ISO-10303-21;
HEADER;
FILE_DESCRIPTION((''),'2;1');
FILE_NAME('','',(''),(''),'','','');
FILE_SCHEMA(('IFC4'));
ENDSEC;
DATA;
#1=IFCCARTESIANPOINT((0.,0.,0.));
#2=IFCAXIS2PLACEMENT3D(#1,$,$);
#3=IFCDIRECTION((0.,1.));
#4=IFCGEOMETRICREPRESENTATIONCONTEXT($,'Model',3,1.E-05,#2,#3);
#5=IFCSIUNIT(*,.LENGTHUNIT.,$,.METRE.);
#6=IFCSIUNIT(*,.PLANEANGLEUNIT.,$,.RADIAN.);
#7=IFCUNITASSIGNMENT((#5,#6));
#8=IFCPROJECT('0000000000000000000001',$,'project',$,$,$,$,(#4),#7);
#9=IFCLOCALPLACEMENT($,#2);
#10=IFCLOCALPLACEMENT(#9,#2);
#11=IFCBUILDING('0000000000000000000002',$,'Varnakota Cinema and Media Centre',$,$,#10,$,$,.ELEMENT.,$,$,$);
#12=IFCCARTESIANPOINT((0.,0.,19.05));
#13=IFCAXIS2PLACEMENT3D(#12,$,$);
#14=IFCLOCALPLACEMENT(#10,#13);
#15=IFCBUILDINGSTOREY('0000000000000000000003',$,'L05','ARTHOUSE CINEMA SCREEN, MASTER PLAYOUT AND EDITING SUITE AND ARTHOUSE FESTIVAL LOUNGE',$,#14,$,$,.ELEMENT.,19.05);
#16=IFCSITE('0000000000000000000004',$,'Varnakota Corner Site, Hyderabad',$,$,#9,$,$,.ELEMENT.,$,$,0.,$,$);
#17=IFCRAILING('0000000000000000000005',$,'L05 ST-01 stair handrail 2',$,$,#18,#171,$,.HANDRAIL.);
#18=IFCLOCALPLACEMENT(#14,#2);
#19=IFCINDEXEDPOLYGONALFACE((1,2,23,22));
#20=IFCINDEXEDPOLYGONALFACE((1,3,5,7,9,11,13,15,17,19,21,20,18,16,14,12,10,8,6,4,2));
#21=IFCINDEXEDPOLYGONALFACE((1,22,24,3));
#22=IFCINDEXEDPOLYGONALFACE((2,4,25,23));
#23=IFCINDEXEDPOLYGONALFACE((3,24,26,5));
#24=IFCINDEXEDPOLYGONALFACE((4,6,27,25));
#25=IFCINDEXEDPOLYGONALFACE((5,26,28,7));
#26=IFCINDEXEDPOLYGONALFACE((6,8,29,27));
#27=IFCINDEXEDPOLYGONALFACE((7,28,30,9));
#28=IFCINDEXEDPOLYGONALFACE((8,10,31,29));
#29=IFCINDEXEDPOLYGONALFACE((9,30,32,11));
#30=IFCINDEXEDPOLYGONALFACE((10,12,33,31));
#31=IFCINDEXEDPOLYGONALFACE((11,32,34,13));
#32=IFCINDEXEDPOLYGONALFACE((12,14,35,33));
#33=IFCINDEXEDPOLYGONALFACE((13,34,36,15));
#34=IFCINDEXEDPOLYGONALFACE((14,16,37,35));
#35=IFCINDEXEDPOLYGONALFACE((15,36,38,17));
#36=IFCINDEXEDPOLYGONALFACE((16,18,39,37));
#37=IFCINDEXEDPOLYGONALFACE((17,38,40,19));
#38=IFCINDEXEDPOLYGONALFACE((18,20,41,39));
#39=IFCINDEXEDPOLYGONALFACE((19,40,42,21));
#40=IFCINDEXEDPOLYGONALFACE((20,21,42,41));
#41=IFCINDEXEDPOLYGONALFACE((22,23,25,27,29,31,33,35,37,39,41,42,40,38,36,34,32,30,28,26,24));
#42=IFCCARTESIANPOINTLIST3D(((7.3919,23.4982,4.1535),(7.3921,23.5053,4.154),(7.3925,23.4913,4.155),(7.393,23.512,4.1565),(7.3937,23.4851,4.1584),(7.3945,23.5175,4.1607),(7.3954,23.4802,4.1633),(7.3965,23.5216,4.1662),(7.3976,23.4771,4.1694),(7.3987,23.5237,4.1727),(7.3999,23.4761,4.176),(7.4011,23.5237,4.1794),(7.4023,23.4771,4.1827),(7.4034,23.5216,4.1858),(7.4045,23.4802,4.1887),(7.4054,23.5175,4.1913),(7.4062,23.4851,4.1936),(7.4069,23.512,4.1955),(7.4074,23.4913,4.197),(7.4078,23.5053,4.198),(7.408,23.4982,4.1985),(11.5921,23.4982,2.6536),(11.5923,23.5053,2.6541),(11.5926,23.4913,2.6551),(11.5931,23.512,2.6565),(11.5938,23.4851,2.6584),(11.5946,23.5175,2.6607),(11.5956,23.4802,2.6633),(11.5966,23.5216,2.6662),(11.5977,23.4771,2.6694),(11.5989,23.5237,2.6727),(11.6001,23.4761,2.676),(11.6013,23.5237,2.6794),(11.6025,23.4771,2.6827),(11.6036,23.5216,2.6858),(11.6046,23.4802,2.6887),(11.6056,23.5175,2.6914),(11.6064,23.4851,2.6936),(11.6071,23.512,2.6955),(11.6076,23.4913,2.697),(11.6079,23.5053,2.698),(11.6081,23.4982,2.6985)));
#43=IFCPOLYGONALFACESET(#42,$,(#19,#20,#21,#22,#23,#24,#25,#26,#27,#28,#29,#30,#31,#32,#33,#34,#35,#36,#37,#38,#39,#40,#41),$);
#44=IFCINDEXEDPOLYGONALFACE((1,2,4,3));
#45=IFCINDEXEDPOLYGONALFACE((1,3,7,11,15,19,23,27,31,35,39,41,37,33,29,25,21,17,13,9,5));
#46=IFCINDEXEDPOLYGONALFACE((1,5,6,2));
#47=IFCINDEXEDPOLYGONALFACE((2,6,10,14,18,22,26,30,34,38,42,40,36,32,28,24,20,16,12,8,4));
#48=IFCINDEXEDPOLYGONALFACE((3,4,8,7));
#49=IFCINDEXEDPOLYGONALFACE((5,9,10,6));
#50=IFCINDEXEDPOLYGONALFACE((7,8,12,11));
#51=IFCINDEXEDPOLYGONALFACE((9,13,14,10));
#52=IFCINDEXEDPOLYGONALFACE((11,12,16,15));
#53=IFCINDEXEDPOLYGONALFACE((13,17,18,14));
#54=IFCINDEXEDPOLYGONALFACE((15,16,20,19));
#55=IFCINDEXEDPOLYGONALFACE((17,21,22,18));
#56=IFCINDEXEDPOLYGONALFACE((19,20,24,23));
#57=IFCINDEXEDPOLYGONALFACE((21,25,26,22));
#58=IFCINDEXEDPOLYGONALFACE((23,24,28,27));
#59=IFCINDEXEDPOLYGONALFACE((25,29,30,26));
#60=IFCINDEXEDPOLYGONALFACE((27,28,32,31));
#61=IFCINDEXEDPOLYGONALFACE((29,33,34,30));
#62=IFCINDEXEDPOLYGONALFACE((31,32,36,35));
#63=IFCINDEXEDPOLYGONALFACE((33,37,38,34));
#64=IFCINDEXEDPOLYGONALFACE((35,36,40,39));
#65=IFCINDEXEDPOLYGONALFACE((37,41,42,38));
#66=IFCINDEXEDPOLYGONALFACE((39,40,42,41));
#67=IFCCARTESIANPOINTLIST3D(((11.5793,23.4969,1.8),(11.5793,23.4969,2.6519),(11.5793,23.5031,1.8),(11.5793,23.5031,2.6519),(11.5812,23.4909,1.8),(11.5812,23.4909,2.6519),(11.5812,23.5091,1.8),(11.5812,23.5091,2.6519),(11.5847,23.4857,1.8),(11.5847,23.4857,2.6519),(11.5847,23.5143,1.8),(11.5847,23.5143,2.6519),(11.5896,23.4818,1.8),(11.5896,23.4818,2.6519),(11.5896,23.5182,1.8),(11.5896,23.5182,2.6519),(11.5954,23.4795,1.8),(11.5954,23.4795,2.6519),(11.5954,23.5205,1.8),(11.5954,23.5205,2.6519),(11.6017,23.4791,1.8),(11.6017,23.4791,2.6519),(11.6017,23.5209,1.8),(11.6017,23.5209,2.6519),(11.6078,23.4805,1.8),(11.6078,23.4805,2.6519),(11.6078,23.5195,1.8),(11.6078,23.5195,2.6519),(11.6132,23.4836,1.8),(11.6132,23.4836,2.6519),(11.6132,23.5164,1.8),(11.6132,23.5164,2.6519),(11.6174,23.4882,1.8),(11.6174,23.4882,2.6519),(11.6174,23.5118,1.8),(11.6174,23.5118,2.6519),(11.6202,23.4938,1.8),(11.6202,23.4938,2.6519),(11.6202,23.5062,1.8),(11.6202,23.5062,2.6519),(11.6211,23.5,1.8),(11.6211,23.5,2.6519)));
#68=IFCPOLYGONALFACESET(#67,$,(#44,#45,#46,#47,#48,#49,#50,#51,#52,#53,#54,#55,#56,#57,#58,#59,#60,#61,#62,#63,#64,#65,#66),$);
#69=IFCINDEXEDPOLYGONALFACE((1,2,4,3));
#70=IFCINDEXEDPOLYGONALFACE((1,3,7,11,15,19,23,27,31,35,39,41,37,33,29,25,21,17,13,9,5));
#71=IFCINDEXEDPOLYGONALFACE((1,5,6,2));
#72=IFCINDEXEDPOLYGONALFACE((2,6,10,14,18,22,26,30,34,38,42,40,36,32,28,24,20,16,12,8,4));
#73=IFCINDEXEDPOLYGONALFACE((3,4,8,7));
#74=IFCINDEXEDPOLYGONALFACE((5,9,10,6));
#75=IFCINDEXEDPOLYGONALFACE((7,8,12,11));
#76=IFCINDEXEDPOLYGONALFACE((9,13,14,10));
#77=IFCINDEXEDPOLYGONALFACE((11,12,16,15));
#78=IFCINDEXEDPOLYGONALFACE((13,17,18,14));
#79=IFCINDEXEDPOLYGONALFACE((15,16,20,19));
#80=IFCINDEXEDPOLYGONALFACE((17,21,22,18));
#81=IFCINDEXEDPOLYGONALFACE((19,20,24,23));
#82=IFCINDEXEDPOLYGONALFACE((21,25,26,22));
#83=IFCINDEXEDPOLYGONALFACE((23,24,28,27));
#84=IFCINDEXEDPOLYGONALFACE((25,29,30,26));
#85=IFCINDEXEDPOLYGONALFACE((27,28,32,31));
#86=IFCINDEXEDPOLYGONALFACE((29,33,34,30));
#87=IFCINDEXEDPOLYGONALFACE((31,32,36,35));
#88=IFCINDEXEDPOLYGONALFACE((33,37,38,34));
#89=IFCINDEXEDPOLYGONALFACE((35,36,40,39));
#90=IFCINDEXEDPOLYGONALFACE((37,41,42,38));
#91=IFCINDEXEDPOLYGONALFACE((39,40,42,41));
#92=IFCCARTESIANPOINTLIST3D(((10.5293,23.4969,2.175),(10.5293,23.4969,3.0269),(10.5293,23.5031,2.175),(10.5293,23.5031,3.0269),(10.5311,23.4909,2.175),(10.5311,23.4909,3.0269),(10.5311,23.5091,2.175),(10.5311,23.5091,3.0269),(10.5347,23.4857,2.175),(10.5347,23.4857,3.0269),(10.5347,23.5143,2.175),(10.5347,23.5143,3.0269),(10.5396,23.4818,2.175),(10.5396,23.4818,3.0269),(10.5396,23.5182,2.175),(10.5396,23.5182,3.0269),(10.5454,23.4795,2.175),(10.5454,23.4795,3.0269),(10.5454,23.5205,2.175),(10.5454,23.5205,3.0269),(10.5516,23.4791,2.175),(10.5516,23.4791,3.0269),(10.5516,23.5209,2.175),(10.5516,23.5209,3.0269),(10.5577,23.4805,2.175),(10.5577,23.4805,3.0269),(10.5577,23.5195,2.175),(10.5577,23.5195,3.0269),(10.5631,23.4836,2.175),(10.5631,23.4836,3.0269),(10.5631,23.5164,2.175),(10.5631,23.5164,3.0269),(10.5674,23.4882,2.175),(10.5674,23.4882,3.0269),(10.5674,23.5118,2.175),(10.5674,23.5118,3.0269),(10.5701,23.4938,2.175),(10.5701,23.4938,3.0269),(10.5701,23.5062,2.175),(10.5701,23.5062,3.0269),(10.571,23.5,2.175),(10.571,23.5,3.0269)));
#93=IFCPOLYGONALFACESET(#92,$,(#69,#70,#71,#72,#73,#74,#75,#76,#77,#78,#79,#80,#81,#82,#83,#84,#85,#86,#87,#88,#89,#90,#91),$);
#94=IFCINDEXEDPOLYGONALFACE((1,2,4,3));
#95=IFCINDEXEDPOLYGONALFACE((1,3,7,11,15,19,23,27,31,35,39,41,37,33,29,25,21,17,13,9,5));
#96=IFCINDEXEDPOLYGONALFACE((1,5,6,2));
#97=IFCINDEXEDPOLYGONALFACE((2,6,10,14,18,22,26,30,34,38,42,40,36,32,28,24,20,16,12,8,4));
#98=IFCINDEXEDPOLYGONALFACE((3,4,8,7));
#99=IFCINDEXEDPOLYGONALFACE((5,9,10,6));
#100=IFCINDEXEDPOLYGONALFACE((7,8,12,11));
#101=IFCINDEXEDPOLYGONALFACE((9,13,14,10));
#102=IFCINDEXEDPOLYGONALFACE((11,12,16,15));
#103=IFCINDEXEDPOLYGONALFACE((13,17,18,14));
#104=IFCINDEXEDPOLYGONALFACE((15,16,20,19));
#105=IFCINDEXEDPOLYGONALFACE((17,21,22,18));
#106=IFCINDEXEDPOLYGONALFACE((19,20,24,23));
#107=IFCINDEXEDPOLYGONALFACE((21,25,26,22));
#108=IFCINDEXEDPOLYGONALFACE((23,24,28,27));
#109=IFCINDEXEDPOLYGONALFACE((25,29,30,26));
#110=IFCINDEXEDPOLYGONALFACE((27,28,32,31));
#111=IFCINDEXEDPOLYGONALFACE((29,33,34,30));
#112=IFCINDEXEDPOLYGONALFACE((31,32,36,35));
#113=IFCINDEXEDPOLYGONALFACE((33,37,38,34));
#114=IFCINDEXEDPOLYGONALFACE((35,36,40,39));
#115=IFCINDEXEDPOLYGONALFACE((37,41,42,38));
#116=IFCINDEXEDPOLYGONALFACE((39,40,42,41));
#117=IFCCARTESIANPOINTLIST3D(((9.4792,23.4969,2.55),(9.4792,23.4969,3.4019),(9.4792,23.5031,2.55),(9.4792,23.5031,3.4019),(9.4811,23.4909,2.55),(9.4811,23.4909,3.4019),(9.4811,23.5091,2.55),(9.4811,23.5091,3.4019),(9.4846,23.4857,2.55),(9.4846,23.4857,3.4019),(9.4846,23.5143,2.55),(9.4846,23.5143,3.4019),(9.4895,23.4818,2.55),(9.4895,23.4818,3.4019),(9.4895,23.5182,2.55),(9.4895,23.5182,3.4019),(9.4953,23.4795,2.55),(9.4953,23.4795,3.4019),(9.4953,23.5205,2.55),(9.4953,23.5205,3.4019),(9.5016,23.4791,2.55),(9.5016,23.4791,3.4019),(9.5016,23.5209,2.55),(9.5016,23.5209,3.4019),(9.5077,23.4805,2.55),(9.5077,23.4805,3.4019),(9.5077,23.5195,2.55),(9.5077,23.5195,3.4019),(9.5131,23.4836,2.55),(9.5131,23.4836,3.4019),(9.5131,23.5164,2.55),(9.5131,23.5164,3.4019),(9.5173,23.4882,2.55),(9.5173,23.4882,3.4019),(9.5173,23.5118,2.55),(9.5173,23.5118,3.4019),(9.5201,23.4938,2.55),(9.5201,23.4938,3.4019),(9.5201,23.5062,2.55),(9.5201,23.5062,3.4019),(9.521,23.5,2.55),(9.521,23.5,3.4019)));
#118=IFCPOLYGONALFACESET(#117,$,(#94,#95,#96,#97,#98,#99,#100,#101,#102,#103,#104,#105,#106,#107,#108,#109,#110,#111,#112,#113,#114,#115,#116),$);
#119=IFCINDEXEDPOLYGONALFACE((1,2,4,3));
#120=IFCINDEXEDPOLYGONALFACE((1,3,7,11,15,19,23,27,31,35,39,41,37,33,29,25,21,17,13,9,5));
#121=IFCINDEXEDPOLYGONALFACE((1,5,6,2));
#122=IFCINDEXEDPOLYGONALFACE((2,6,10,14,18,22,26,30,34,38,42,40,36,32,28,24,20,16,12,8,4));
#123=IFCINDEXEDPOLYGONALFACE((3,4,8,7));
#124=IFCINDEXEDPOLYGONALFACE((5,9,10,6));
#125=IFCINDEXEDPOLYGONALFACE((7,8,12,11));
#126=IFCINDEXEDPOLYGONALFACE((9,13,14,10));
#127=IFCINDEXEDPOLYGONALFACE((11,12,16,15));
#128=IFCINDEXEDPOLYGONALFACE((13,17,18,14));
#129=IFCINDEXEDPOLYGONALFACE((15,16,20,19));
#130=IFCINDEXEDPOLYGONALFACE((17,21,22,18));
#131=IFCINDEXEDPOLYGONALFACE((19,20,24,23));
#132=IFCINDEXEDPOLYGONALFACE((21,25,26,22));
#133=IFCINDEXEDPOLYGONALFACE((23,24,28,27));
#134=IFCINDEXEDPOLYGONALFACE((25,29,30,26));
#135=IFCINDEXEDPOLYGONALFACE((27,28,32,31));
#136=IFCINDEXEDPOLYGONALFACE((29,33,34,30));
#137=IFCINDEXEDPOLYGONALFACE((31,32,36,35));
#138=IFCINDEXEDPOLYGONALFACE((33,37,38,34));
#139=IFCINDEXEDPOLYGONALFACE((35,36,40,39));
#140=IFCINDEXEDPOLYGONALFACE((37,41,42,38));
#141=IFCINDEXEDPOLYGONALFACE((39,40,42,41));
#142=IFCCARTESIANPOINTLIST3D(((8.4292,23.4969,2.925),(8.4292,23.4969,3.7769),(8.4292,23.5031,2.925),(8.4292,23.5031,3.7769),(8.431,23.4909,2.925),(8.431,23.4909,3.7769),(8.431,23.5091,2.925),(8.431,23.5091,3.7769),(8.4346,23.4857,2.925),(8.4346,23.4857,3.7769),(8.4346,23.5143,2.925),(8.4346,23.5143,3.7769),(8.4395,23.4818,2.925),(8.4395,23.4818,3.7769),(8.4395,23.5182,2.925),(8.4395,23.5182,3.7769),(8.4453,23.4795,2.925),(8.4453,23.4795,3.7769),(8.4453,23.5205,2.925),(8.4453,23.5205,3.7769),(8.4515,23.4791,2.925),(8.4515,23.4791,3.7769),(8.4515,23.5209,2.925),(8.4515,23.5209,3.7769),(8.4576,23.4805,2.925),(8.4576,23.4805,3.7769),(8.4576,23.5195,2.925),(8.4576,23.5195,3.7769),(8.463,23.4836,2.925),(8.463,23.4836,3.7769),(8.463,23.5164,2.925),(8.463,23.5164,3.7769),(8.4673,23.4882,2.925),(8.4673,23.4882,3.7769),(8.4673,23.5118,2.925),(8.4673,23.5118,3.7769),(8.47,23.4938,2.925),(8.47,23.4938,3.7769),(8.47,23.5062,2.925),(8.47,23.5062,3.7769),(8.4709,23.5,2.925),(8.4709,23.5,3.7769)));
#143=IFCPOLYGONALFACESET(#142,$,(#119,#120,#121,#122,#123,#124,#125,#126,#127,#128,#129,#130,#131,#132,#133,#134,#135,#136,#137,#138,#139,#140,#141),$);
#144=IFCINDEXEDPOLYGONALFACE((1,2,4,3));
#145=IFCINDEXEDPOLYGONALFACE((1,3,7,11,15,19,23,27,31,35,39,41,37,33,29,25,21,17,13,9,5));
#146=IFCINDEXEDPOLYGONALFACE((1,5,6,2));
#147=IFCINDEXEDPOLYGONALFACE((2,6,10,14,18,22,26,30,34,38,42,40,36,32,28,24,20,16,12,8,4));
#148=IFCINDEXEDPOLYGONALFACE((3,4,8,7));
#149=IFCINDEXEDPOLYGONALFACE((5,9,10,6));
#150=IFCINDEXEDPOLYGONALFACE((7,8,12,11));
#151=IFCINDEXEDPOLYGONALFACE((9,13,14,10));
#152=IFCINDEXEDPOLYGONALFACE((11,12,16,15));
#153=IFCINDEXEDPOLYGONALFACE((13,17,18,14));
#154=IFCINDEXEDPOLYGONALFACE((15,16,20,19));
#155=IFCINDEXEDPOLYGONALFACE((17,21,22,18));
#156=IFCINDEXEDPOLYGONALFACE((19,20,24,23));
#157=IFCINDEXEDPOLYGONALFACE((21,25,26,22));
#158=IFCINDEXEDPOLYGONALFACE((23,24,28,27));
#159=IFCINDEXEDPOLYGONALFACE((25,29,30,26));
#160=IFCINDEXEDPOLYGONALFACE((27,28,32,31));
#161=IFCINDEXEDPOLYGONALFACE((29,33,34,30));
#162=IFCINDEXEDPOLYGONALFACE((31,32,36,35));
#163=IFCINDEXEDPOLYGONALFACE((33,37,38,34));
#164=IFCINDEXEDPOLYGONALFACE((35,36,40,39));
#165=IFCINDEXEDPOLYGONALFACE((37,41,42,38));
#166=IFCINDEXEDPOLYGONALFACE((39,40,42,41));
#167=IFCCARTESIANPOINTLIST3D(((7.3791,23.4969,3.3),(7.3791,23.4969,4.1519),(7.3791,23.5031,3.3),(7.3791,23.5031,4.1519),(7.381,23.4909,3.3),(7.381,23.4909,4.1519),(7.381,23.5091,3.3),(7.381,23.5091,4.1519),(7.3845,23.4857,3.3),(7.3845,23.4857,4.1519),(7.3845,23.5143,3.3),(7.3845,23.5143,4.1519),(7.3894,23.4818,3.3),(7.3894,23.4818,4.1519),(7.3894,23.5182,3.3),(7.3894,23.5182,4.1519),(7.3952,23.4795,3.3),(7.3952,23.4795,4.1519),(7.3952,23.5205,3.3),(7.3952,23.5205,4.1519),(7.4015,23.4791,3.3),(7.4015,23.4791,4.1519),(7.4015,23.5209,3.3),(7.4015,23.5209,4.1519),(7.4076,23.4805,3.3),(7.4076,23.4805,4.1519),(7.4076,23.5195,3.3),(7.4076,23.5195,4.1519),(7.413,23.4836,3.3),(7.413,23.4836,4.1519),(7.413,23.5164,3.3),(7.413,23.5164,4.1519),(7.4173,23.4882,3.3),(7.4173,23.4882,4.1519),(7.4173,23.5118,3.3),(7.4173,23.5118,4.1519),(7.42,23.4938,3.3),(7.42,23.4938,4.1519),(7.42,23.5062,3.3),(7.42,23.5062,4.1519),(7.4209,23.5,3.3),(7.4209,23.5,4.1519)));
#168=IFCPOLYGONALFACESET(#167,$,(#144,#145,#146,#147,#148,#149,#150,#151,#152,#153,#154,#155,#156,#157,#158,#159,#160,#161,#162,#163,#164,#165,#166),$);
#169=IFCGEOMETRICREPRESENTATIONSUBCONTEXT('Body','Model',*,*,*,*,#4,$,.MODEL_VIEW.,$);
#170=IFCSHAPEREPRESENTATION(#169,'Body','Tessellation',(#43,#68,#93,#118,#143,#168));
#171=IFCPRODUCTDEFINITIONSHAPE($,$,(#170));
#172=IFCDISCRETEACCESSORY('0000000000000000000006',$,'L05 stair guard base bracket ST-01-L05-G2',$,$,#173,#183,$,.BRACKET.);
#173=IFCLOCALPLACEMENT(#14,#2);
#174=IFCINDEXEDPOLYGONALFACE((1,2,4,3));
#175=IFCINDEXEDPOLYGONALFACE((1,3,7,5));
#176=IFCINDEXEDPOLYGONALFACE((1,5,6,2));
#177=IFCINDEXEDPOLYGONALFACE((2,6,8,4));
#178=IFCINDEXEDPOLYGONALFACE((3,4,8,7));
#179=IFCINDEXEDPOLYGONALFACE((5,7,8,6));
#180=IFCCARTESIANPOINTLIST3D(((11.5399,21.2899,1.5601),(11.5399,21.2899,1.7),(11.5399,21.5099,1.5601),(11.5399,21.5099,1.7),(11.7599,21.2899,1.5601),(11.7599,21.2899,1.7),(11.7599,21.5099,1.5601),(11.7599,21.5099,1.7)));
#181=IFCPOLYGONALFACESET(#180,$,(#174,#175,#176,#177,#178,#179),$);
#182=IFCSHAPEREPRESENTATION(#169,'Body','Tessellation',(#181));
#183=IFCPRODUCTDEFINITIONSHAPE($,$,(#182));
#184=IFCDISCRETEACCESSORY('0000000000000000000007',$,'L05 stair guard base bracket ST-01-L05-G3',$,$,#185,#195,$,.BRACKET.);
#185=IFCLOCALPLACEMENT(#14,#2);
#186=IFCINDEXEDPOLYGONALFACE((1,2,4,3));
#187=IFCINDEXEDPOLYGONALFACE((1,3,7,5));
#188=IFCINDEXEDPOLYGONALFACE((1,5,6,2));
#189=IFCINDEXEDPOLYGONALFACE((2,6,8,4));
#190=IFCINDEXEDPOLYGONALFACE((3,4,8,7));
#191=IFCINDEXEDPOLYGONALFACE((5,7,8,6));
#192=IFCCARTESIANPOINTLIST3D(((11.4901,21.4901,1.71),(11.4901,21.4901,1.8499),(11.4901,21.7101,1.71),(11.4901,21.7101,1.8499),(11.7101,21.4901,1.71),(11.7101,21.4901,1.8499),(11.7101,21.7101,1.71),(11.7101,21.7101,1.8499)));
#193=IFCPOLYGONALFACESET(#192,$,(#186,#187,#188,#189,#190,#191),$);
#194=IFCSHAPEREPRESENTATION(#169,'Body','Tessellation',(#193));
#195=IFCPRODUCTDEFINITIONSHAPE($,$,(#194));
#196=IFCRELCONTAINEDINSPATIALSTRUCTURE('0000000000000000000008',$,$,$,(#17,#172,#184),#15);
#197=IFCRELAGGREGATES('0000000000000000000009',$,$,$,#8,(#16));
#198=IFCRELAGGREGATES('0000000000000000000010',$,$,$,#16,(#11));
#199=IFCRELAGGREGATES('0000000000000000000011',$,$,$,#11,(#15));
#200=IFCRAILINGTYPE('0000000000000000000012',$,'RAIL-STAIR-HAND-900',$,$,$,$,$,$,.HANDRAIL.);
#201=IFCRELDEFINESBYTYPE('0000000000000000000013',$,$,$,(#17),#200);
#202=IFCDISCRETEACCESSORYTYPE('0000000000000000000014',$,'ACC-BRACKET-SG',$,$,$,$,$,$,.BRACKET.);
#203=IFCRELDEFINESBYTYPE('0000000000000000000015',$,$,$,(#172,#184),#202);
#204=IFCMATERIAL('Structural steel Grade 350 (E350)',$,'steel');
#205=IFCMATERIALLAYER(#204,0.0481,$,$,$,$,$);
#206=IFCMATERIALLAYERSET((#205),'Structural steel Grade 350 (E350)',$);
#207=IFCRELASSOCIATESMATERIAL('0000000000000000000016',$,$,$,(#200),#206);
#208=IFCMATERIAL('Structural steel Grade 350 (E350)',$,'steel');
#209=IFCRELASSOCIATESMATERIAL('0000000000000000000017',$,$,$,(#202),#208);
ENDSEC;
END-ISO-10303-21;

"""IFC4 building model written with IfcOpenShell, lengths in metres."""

from ifc_helpers import new_model, si_unit, direction, frame, origin, origin_2d, place, context, subcontext, project, spatial, rectangle, circle, extrude, material, layer, layer_set, type_object, element, save


model = new_model("IFC4")

# Units and contexts
model_context = context("Model", 3, precision=1e-05, world=origin(), true_north=direction((0.0, 1.0)))
body_context = subcontext(model_context, "Body", "Model", "MODEL_VIEW")
ifc_project = project(units=[si_unit("LENGTHUNIT", "METRE"), si_unit("PLANEANGLEUNIT", "RADIAN")], contexts=[model_context])

# Site, building, storey
site_placement = place(None, origin())
site = spatial("IfcSite", under=ifc_project, at=site_placement, Name="Varnakota Corner Site, Hyderabad", CompositionType="ELEMENT", RefElevation=0.0)
building_placement = place(site_placement, origin())
building = spatial("IfcBuilding", under=site, at=building_placement, Name="Varnakota Cinema and Media Centre", CompositionType="ELEMENT")
storey_placement = place(building_placement, frame((0.0, 0.0, 19.05)))
storey = spatial("IfcBuildingStorey", under=building, at=storey_placement, Name="L05", Description="ARTHOUSE CINEMA SCREEN, MASTER PLAYOUT AND EDITING SUITE AND ARTHOUSE FESTIVAL LOUNGE", CompositionType="ELEMENT", Elevation=19.05)

# Railing
ifc_material_1 = material(Name="Structural steel Grade 350 (E350)", Category="steel")
ifc_layer_1 = layer(ifc_material_1, 0.0481)
ifc_layer_set_1 = layer_set([ifc_layer_1], Name="Structural steel Grade 350 (E350)")
railing_type_1 = type_object("IfcRailingType", Name="RAIL-STAIR-HAND-900", PredefinedType="HANDRAIL", material=ifc_layer_set_1)
railing_1_placement = place(storey_placement, frame((11.6001, 23.5, 1.8)))
element("IfcRailing", 1, at=railing_1_placement, inside=storey, type_object=railing_type_1, Name="L05 ST-01 stair handrail 2", PredefinedType="HANDRAIL", context=body_context, shape_type="SweptSolid", body=[
    extrude(circle(Radius=0.0239, at=origin_2d()), frame((0.0, 0.0, 0.876), z_axis=(-0.941747, 0.0, 0.336323), x_axis=(0.0, -1.0, 0.0)), (0.0, 0.0, 1.0), 4.46),
    extrude(circle(Radius=0.021, at=origin_2d()), origin(), (0.0, 0.0, 1.0), 0.8518),
    extrude(circle(Radius=0.021, at=origin_2d()), frame((-1.05, 0.0, 0.375)), (0.0, 0.0, 1.0), 0.8518),
    extrude(circle(Radius=0.021, at=origin_2d()), frame((-2.1001, 0.0, 0.75)), (0.0, 0.0, 1.0), 0.8518),
    extrude(circle(Radius=0.021, at=origin_2d()), frame((-3.1501, 0.0, 1.125)), (0.0, 0.0, 1.0), 0.8518),
    extrude(circle(Radius=0.021, at=origin_2d()), frame((-4.2002, 0.0, 1.5)), (0.0, 0.0, 1.0), 0.8518),
])

# Discrete accessories
ifc_material_2 = material(Name="Structural steel Grade 350 (E350)", Category="steel")
discrete_accessory_type = type_object("IfcDiscreteAccessoryType", Name="ACC-BRACKET-SG", PredefinedType="BRACKET", material=ifc_material_2)
for number, where, z_axis, x_axis, name in (
    (2, (11.6499, 21.3999, 1.5601), (0.0, 0.0, 1.0), (1.0, 0.0, 0.0), "L05 stair guard base bracket ST-01-L05-G2"),
    (3, (11.6001, 21.6001, 1.71), (0.0, 0.0, 1.0), (1.0, 0.0, 0.0), "L05 stair guard base bracket ST-01-L05-G3"),
):
    element("IfcDiscreteAccessory", number, at=place(storey_placement, frame(where, z_axis=z_axis, x_axis=x_axis)), inside=storey, type_object=discrete_accessory_type, Name=name, PredefinedType="BRACKET", context=body_context, shape_type="SweptSolid", body=[
        extrude(rectangle(XDim=0.22, YDim=0.22, at=origin_2d()), origin(), (0.0, 0.0, 1.0), 0.1399),
    ])

save(model, "model.ifc")
